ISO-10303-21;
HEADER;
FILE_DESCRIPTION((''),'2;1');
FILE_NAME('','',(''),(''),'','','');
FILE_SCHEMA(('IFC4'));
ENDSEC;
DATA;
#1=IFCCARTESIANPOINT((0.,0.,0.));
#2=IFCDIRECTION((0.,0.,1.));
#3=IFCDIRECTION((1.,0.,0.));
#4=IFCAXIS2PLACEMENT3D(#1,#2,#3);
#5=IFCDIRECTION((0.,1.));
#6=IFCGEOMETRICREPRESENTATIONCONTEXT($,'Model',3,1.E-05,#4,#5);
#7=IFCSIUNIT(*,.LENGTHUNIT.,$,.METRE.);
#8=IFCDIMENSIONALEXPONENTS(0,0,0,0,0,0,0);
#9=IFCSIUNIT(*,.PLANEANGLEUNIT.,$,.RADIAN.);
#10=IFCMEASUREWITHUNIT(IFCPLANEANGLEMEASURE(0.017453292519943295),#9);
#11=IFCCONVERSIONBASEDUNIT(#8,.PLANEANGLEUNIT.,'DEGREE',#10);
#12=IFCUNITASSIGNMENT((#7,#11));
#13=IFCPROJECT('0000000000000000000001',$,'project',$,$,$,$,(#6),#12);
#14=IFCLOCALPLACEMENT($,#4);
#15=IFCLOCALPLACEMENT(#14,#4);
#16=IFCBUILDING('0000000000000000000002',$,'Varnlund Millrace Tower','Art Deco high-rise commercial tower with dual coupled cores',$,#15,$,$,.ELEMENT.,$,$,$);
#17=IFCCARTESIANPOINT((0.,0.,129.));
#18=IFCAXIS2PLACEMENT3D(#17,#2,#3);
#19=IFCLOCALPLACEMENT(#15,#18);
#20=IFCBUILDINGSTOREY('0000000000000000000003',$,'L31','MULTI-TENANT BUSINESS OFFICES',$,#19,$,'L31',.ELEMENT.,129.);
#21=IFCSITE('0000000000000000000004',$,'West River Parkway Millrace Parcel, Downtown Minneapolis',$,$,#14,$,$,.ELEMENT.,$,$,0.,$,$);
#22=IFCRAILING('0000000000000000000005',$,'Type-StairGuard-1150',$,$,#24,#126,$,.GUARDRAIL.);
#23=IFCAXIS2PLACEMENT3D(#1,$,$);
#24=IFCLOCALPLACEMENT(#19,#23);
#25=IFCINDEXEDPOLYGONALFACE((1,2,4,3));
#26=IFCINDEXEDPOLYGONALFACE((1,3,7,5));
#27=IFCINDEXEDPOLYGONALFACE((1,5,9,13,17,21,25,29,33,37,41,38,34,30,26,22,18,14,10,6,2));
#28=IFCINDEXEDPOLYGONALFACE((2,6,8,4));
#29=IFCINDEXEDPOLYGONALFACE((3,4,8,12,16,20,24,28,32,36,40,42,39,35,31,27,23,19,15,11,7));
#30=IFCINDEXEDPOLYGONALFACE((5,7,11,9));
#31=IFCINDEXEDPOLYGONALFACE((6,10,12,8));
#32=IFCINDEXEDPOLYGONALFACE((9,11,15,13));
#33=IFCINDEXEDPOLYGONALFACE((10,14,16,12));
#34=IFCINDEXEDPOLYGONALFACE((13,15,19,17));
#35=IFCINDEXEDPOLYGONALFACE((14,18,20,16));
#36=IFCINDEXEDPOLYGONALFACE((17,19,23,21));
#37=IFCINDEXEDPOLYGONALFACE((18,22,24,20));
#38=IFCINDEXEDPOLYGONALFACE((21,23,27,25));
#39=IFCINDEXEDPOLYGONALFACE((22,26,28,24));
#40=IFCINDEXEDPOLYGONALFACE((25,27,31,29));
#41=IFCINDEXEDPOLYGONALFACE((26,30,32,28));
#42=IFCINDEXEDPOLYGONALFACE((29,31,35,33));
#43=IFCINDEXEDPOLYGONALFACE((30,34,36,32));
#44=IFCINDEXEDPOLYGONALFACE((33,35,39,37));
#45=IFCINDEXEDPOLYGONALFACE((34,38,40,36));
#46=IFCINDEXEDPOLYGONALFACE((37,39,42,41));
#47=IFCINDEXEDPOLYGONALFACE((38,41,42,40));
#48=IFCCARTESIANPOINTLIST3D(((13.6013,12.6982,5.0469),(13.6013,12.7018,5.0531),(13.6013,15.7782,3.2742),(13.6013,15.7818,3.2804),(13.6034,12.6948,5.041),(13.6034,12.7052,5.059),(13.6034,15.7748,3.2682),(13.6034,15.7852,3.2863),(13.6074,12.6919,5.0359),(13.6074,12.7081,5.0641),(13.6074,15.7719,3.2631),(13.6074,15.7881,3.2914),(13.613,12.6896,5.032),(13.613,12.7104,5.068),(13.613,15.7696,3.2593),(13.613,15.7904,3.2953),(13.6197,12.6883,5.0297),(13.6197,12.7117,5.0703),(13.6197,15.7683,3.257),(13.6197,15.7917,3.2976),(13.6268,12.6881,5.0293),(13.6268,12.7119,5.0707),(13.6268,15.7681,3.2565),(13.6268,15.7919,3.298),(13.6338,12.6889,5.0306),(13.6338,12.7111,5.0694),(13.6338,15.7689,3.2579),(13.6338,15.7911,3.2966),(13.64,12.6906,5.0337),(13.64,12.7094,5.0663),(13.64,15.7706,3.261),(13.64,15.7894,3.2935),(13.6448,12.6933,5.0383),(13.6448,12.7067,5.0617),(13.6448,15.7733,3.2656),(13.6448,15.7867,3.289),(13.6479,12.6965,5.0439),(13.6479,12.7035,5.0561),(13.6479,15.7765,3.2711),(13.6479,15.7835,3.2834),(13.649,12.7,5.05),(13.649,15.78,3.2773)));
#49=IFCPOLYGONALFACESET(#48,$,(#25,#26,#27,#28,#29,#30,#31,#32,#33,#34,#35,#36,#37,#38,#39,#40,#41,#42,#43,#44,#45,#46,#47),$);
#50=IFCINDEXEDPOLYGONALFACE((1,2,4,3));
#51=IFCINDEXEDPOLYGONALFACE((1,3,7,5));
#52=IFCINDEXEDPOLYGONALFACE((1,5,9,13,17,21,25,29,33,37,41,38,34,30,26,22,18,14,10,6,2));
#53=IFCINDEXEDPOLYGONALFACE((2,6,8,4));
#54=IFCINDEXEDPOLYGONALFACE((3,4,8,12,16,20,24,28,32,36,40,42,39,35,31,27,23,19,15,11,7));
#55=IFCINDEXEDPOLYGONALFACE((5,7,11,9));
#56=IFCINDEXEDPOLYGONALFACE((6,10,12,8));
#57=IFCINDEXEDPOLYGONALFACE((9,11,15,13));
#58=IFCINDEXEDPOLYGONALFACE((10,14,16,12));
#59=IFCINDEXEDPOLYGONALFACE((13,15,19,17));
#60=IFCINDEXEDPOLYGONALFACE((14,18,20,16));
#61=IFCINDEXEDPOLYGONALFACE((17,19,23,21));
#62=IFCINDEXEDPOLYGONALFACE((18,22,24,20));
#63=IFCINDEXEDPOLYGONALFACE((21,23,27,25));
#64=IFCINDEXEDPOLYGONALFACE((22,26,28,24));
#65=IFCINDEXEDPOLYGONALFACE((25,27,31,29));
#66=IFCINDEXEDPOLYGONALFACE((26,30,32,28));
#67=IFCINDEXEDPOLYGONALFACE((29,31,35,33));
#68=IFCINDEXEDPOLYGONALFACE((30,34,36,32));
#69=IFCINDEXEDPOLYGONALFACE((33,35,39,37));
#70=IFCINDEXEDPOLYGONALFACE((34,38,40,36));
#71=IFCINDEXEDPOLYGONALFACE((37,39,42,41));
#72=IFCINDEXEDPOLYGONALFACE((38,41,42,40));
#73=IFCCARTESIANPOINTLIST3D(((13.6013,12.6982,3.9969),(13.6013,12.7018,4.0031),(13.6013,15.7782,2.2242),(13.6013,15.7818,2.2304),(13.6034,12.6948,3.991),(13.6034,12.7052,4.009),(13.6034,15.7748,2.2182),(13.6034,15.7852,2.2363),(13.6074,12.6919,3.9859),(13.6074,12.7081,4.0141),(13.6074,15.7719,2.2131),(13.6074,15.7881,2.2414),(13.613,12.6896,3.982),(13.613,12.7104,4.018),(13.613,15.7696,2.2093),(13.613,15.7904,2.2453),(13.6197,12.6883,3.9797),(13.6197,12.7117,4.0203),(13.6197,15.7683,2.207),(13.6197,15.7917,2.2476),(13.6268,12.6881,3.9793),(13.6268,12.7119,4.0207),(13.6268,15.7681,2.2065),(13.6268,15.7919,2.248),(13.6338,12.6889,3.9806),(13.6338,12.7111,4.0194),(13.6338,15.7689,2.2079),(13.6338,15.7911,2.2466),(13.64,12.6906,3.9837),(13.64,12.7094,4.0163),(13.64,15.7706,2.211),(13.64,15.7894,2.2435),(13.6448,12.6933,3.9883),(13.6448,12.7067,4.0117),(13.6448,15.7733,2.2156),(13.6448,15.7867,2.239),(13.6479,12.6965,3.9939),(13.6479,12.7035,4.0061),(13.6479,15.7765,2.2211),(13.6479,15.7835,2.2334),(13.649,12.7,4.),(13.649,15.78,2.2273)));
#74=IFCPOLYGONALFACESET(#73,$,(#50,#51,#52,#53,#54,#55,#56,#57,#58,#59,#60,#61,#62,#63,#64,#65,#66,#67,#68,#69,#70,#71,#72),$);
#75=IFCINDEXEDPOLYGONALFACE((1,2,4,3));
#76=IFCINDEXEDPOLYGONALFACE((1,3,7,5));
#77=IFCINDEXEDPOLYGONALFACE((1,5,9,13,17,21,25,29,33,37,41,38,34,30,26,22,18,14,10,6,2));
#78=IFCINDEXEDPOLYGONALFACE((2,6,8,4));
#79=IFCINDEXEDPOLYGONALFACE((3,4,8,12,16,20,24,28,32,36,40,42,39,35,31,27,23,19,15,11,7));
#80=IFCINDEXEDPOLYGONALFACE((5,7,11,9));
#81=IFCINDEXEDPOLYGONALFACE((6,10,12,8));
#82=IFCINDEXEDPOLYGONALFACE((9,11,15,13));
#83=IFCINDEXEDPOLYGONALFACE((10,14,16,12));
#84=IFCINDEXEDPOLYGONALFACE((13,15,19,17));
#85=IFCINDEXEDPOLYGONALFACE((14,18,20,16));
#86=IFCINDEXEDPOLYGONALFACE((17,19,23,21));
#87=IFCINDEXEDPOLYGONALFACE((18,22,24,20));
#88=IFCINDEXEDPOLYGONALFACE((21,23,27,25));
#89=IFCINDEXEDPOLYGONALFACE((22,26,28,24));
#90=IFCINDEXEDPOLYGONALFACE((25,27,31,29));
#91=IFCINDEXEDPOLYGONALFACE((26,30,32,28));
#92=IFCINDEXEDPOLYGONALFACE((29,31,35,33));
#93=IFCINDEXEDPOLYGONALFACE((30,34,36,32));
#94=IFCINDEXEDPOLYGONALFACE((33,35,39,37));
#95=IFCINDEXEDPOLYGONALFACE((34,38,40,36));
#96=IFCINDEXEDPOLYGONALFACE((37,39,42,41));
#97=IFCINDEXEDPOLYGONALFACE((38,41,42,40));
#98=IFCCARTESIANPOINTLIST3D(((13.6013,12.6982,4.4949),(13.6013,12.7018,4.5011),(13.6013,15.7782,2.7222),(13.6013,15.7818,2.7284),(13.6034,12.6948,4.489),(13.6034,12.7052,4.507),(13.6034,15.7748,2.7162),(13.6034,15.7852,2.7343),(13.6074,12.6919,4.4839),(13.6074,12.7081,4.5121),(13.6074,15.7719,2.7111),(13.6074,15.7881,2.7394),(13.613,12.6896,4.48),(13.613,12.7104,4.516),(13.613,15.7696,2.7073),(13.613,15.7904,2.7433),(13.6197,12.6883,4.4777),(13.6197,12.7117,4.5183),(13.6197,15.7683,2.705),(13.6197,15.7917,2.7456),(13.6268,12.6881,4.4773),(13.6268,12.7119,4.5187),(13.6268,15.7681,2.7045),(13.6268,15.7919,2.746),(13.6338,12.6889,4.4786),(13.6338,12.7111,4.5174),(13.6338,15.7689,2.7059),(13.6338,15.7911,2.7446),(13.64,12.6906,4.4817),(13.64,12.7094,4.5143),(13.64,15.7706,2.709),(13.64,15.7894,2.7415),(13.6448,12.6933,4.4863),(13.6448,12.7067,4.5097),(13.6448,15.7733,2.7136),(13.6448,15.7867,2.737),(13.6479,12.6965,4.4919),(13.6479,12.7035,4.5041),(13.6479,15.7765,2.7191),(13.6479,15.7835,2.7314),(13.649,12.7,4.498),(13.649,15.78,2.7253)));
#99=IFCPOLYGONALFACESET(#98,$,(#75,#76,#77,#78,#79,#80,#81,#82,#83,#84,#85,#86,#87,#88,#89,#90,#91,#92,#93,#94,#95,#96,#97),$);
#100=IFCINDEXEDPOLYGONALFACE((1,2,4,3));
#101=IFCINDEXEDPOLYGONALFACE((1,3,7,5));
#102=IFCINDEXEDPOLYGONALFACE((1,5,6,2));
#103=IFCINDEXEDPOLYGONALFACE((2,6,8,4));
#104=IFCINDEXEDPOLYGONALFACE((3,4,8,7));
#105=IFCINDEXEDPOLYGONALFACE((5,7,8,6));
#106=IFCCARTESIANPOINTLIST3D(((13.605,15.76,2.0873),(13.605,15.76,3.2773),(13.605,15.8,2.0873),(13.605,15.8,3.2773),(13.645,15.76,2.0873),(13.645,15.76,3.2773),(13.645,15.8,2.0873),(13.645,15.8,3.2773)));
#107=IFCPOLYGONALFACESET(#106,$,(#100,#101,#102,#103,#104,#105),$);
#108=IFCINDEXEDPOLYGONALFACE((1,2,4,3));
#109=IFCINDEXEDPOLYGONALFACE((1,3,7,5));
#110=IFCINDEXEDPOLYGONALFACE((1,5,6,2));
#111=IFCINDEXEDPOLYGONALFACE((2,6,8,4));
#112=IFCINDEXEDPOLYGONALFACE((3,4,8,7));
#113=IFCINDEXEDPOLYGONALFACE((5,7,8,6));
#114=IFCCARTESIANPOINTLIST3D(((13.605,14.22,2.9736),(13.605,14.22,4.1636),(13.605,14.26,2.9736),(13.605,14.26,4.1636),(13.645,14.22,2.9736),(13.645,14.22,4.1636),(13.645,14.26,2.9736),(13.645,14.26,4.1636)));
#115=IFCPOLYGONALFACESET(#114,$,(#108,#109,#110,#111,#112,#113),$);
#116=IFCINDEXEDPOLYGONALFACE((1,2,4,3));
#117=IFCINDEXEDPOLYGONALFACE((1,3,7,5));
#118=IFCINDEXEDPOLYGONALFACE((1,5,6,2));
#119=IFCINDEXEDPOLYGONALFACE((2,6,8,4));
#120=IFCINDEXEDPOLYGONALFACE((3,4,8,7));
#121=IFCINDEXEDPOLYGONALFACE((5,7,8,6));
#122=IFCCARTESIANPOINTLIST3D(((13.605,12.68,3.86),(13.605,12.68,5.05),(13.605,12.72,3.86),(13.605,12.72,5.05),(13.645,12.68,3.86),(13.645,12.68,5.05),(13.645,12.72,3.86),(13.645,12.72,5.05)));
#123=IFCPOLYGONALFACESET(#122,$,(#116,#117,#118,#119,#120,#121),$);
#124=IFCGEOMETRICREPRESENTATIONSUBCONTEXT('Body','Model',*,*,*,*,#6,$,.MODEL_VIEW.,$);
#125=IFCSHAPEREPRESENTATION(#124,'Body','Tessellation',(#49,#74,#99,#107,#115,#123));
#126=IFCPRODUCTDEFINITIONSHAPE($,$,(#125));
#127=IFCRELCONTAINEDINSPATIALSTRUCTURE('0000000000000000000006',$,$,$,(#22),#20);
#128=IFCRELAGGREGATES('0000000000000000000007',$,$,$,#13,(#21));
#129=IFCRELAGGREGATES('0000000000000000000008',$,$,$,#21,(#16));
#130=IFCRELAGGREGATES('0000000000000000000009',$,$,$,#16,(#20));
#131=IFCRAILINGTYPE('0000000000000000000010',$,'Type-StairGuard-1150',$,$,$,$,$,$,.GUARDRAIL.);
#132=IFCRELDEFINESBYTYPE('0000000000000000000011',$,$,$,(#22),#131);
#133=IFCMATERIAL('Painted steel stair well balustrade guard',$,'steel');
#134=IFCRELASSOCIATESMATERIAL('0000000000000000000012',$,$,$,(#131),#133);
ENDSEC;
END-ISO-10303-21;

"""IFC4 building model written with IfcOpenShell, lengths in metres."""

from ifc_helpers import new_model, entity, si_unit, converted_unit, direction, frame, origin_with_axes, origin_2d_with_axis, place, context, subcontext, project, spatial, rectangle, circle, extrude, material, type_object, element, save


model = new_model("IFC4")

# Units and contexts
model_context = context("Model", 3, precision=1e-05, world=origin_with_axes(), true_north=direction((0.0, 1.0)))
body_context = subcontext(model_context, "Body", "Model", "MODEL_VIEW")
ifc_project = project(units=[si_unit("LENGTHUNIT", "METRE"), converted_unit("PLANEANGLEUNIT", "DEGREE", entity("IfcPlaneAngleMeasure", 0.017453292519943295), si_unit("PLANEANGLEUNIT", "RADIAN"), dimensions=[0, 0, 0, 0, 0, 0, 0])], contexts=[model_context])

# Site, building, storey
site_placement = place(None, origin_with_axes())
site = spatial("IfcSite", under=ifc_project, at=site_placement, Name="West River Parkway Millrace Parcel, Downtown Minneapolis", CompositionType="ELEMENT", RefElevation=0.0)
building_placement = place(site_placement, origin_with_axes())
building = spatial("IfcBuilding", under=site, at=building_placement, Name="Varnlund Millrace Tower", Description="Art Deco high-rise commercial tower with dual coupled cores", CompositionType="ELEMENT")
storey_placement = place(building_placement, frame((0.0, 0.0, 129.0), z_axis=(0.0, 0.0, 1.0), x_axis=(1.0, 0.0, 0.0)))
storey = spatial("IfcBuildingStorey", under=building, at=storey_placement, Name="L31", Description="MULTI-TENANT BUSINESS OFFICES", LongName="L31", CompositionType="ELEMENT", Elevation=129.0)

# Railing
ifc_material_1 = material(Name="Painted steel stair well balustrade guard", Category="steel")
railing_type_1 = type_object("IfcRailingType", Name="Type-StairGuard-1150", PredefinedType="GUARDRAIL", material=ifc_material_1)
railing_1_placement = place(storey_placement, frame((0.0, 0.0, -129.0), z_axis=(0.0, 0.0, 1.0), x_axis=(1.0, 0.0, 0.0)))
element("IfcRailing", 1, at=railing_1_placement, inside=storey, type_object=railing_type_1, Name="Type-StairGuard-1150", PredefinedType="GUARDRAIL", context=body_context, shape_type="SweptSolid", body=[
    extrude(circle(Radius=0.024, at=origin_2d_with_axis()), frame((13.625, 15.78, 132.2773), z_axis=(0.0, -0.866696, 0.498836), x_axis=(1.0, 0.0, 0.0)), (0.0, 0.0, 1.0), 3.5537),
    extrude(circle(Radius=0.024, at=origin_2d_with_axis()), frame((13.625, 15.78, 131.2273), z_axis=(0.0, -0.866696, 0.498836), x_axis=(1.0, 0.0, 0.0)), (0.0, 0.0, 1.0), 3.5537),
    extrude(circle(Radius=0.024, at=origin_2d_with_axis()), frame((13.625, 15.78, 131.7253), z_axis=(0.0, -0.866696, 0.498836), x_axis=(1.0, 0.0, 0.0)), (0.0, 0.0, 1.0), 3.5537),
    extrude(rectangle(XDim=0.04, YDim=0.04, at=origin_2d_with_axis()), frame((13.625, 15.78, 131.0873), z_axis=(0.0, 0.0, 1.0), x_axis=(1.0, 0.0, 0.0)), (0.0, 0.0, 1.0), 1.19),
    extrude(rectangle(XDim=0.04, YDim=0.04, at=origin_2d_with_axis()), frame((13.625, 14.24, 131.9736), z_axis=(0.0, 0.0, 1.0), x_axis=(1.0, 0.0, 0.0)), (0.0, 0.0, 1.0), 1.19),
    extrude(rectangle(XDim=0.04, YDim=0.04, at=origin_2d_with_axis()), frame((13.625, 12.7, 132.86), z_axis=(0.0, 0.0, 1.0), x_axis=(1.0, 0.0, 0.0)), (0.0, 0.0, 1.0), 1.19),
])

save(model, "model.ifc")
